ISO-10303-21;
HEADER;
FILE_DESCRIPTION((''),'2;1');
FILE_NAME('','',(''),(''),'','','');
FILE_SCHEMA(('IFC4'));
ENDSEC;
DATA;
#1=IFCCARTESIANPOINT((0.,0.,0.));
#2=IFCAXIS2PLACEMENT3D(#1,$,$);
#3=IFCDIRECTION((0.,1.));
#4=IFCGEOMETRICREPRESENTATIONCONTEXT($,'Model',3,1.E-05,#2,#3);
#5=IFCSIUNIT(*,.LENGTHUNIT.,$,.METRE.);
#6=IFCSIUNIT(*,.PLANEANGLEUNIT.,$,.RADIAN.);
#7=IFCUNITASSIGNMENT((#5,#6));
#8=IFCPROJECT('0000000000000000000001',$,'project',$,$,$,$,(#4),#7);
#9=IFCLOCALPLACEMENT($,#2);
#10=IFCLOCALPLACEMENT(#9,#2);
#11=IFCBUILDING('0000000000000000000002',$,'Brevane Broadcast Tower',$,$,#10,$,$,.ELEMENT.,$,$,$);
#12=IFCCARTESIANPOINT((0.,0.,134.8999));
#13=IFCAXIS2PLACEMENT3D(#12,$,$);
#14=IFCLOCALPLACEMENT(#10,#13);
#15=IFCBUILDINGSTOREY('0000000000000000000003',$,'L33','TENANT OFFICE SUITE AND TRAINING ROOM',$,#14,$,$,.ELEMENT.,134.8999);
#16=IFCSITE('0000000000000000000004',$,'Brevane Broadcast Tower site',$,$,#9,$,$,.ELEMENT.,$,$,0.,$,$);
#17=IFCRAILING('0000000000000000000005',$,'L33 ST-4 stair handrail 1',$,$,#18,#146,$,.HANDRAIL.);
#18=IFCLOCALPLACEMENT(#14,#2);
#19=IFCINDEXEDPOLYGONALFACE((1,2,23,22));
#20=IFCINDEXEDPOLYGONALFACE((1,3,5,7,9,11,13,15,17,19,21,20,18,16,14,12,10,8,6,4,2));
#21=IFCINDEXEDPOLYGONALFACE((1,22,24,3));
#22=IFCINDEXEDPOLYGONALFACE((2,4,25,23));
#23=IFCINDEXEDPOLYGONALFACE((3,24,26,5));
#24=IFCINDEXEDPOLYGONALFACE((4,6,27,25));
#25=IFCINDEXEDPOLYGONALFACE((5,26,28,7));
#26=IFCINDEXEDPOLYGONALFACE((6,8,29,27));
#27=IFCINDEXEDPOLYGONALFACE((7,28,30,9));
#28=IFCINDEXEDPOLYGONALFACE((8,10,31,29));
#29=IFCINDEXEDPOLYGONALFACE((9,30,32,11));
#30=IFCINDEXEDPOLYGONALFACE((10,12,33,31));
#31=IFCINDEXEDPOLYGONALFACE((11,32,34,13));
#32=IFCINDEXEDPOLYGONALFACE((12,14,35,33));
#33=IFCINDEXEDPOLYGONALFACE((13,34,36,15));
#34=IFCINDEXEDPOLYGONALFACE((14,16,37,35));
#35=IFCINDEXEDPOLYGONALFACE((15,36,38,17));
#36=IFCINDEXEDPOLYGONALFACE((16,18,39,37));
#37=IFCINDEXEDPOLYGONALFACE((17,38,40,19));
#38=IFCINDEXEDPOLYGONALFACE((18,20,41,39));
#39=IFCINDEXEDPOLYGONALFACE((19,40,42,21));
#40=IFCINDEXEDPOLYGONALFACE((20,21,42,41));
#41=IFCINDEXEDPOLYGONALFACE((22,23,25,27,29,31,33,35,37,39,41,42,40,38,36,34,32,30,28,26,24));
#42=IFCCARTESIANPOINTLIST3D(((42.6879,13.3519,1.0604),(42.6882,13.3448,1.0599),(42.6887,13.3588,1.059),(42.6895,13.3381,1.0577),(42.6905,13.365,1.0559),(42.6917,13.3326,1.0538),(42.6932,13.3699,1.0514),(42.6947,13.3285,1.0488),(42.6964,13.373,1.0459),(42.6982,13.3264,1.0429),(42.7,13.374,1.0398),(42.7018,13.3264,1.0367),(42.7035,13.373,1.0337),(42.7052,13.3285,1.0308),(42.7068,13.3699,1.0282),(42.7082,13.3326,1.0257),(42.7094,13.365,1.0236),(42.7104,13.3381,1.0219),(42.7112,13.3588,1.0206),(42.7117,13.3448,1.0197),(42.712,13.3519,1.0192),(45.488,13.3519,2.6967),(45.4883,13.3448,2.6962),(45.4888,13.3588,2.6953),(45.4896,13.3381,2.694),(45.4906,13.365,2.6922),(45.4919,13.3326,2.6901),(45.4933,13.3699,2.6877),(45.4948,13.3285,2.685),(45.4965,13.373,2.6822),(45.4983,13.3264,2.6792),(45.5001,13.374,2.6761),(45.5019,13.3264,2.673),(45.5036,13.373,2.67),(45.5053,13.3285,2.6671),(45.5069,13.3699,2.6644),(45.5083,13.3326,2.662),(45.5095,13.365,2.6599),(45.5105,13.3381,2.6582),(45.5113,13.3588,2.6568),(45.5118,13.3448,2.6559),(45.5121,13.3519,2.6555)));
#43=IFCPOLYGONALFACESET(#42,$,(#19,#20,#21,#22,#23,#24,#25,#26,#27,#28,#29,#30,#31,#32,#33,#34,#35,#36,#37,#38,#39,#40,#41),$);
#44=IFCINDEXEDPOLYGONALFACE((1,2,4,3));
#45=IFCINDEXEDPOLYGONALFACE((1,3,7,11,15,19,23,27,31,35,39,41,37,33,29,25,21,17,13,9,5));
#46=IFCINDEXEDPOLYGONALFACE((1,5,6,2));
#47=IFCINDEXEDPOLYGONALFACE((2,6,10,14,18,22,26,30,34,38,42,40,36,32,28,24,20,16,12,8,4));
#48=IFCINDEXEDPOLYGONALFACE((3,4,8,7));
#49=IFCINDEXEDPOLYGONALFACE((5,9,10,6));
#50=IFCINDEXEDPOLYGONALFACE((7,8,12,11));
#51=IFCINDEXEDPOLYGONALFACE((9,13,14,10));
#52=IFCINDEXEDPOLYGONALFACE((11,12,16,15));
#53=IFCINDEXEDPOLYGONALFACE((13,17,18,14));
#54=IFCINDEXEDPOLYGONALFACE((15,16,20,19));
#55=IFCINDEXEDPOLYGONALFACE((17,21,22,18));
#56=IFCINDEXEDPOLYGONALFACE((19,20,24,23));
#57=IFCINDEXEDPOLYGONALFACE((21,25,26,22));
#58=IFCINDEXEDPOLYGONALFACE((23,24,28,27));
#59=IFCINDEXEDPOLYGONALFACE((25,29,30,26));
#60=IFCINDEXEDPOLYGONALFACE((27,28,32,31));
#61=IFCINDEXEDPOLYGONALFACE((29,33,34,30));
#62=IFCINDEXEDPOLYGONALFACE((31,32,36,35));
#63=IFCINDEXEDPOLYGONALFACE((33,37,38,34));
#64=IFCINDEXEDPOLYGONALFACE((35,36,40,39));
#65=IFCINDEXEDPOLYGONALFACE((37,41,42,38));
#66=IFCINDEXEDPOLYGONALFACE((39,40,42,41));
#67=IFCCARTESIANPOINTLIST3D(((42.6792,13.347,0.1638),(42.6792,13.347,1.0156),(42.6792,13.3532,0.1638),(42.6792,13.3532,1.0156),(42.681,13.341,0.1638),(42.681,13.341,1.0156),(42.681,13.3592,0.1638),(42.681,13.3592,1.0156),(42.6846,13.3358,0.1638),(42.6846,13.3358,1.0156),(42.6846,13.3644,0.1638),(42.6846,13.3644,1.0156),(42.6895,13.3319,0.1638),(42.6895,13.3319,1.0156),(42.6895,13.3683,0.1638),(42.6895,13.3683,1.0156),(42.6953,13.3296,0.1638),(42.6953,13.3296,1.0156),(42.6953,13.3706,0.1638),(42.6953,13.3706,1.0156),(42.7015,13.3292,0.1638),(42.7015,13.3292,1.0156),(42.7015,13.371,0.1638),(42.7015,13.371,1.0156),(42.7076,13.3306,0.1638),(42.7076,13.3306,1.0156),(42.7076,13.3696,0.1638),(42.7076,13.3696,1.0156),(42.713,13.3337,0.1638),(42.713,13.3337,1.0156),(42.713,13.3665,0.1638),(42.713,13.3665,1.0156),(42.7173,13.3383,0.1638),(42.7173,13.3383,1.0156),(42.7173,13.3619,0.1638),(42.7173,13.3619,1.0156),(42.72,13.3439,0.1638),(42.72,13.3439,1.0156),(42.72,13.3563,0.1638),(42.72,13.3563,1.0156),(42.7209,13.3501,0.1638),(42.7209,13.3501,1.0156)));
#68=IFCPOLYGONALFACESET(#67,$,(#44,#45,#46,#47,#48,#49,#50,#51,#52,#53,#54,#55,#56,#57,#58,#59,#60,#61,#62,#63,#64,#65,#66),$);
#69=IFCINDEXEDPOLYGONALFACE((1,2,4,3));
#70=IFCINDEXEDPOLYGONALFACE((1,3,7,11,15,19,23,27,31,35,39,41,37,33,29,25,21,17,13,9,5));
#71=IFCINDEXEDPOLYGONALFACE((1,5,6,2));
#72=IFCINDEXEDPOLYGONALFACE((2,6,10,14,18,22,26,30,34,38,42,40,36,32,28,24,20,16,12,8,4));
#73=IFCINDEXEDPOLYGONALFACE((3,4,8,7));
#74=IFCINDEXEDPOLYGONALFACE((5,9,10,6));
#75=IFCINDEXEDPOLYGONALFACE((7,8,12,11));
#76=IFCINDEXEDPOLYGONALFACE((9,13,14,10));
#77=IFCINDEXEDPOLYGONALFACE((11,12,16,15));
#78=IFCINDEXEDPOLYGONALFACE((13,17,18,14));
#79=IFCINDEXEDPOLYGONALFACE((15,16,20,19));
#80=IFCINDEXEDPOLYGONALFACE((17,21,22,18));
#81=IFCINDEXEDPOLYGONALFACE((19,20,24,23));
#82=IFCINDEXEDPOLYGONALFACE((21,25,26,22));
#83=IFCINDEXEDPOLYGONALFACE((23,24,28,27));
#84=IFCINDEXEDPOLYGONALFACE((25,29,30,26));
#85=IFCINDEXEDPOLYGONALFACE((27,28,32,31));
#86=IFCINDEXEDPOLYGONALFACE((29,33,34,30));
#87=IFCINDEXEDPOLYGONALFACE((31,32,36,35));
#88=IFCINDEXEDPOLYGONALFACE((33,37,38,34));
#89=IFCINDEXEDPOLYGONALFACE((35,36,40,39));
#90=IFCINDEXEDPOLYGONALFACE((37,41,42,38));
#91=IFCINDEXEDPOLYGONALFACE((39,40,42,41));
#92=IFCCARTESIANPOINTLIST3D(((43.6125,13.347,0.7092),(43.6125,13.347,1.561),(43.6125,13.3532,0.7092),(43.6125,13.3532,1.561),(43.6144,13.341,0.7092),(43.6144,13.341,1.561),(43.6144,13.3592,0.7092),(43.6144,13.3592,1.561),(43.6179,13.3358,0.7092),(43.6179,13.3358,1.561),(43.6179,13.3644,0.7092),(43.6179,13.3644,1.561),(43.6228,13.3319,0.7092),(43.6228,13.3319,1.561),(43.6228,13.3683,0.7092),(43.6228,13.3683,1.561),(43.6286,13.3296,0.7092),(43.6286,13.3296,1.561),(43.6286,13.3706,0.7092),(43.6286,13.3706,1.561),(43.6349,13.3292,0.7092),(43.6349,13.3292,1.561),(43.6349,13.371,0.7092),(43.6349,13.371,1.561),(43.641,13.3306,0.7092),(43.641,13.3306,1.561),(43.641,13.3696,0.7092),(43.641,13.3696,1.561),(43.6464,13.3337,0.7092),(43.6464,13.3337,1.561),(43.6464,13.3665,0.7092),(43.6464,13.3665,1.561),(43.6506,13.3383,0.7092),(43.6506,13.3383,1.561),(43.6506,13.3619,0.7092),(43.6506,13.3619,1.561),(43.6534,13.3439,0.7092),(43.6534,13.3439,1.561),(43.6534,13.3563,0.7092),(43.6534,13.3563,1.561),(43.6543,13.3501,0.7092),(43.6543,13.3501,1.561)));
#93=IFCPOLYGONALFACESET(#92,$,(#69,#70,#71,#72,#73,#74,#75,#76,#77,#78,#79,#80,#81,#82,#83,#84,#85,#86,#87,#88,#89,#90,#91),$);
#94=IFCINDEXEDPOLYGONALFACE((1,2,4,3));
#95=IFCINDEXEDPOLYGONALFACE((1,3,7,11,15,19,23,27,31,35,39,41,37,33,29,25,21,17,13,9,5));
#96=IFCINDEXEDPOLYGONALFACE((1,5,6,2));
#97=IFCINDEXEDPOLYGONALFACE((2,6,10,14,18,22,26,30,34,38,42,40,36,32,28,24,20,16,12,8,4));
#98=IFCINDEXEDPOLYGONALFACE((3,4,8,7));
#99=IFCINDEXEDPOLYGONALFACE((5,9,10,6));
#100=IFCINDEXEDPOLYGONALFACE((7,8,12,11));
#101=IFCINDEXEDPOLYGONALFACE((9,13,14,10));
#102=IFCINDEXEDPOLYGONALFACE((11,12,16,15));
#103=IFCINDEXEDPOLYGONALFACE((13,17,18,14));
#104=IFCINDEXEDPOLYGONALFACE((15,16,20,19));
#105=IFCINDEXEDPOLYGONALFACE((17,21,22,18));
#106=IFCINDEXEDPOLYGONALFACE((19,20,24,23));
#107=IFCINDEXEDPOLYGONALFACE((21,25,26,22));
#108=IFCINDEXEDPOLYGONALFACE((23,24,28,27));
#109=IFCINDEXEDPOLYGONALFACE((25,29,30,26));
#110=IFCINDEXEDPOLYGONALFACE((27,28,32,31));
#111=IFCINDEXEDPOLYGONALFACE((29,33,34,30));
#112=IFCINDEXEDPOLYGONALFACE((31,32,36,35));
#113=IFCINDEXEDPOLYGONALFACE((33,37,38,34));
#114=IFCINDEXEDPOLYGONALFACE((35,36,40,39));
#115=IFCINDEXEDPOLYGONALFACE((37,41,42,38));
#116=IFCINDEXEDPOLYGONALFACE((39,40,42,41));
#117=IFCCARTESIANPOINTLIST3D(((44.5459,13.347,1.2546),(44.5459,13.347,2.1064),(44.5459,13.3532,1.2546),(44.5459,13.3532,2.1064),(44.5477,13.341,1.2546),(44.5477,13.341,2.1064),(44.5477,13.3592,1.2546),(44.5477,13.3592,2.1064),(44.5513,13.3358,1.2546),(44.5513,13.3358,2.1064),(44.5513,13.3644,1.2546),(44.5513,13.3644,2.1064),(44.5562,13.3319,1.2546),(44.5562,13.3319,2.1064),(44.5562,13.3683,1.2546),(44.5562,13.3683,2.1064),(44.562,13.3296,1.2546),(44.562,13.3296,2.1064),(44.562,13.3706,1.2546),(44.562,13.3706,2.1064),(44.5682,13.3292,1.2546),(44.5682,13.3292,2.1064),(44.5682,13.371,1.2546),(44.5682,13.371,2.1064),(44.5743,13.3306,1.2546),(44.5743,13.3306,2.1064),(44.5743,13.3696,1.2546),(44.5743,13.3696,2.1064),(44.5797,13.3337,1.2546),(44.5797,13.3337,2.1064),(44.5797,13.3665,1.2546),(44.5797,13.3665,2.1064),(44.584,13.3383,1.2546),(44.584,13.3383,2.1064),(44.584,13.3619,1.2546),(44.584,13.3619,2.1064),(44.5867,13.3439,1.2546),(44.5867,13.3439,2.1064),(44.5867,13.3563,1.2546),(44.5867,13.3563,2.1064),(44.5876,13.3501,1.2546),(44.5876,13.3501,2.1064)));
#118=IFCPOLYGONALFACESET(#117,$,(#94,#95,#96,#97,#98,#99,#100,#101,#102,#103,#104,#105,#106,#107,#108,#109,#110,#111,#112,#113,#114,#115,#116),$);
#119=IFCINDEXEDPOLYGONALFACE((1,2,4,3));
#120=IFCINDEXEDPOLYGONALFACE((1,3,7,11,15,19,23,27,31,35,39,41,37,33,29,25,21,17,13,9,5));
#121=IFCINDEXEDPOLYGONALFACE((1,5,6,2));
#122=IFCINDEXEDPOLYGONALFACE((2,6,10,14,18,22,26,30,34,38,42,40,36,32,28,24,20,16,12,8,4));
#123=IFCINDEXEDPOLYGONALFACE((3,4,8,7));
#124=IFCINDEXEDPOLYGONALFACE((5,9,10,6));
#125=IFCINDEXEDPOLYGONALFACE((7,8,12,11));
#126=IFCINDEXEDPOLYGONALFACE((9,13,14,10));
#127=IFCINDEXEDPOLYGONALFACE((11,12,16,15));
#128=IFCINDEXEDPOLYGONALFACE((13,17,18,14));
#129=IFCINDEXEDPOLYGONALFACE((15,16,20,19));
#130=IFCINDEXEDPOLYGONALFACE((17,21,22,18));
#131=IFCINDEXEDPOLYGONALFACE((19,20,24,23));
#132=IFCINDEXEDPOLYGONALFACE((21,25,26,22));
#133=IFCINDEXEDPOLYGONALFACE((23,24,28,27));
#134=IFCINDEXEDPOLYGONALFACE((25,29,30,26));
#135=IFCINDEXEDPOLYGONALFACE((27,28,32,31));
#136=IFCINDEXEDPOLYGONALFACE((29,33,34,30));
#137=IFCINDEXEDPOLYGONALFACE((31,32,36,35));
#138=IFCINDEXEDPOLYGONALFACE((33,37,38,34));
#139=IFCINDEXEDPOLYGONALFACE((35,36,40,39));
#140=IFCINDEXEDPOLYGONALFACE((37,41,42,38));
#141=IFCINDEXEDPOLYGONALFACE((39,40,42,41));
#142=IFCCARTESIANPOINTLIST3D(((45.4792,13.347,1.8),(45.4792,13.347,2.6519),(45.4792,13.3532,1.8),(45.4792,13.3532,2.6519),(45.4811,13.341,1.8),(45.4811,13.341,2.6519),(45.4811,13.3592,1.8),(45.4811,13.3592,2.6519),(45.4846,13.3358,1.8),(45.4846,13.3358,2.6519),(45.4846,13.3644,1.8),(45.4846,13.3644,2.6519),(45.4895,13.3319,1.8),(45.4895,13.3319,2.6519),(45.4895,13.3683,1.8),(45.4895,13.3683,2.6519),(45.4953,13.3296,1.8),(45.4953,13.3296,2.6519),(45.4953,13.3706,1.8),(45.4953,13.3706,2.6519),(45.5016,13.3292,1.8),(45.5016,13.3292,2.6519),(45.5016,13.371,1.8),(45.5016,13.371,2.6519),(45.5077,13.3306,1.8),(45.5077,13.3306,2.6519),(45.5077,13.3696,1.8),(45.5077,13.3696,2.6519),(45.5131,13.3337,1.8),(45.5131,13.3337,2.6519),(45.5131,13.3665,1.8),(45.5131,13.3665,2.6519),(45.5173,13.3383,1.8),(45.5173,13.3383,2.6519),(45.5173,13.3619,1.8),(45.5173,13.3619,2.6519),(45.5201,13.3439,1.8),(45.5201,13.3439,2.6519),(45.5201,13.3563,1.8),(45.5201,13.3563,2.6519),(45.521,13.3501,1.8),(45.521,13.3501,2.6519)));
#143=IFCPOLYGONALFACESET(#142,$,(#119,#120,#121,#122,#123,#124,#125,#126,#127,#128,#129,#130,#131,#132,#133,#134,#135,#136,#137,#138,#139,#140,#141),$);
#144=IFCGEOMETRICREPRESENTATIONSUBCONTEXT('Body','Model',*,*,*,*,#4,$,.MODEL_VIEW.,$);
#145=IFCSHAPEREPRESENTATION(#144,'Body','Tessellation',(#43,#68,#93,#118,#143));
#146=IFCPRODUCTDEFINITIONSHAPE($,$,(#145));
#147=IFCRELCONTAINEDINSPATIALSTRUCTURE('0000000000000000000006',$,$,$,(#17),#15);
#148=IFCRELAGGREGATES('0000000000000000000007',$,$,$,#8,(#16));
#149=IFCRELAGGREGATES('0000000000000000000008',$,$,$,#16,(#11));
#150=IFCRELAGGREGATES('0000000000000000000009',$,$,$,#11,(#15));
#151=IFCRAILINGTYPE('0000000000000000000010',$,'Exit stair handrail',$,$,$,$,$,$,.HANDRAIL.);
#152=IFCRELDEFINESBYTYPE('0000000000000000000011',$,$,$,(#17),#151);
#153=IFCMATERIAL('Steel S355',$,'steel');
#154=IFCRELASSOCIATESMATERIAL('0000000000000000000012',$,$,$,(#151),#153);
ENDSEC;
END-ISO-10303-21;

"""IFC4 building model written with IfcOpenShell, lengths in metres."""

from ifc_helpers import new_model, si_unit, direction, frame, origin, origin_2d, place, context, subcontext, project, spatial, circle, extrude, material, type_object, element, save


model = new_model("IFC4")

# Units and contexts
model_context = context("Model", 3, precision=1e-05, world=origin(), true_north=direction((0.0, 1.0)))
body_context = subcontext(model_context, "Body", "Model", "MODEL_VIEW")
ifc_project = project(units=[si_unit("LENGTHUNIT", "METRE"), si_unit("PLANEANGLEUNIT", "RADIAN")], contexts=[model_context])

# Site, building, storey
site_placement = place(None, origin())
site = spatial("IfcSite", under=ifc_project, at=site_placement, Name="Brevane Broadcast Tower site", CompositionType="ELEMENT", RefElevation=0.0)
building_placement = place(site_placement, origin())
building = spatial("IfcBuilding", under=site, at=building_placement, Name="Brevane Broadcast Tower", CompositionType="ELEMENT")
storey_placement = place(building_placement, frame((0.0, 0.0, 134.8999)))
storey = spatial("IfcBuildingStorey", under=building, at=storey_placement, Name="L33", Description="TENANT OFFICE SUITE AND TRAINING ROOM", CompositionType="ELEMENT", Elevation=134.8999)

# Railing
ifc_material_1 = material(Name="Steel S355", Category="steel")
railing_type_1 = type_object("IfcRailingType", Name="Exit stair handrail", PredefinedType="HANDRAIL", material=ifc_material_1)
railing_1_placement = place(storey_placement, frame((42.7, 13.3501, 0.1638)))
element("IfcRailing", 1, at=railing_1_placement, inside=storey, type_object=railing_type_1, Name="L33 ST-4 stair handrail 1", PredefinedType="HANDRAIL", context=body_context, shape_type="SweptSolid", body=[
    extrude(circle(Radius=0.0239, at=origin_2d()), frame((0.0, 0.0, 0.876), z_axis=(0.863394, 0.0, 0.504531), x_axis=(0.0, 1.0, 0.0)), (0.0, 0.0, 1.0), 3.2432),
    extrude(circle(Radius=0.021, at=origin_2d()), origin(), (0.0, 0.0, 1.0), 0.8518),
    extrude(circle(Radius=0.021, at=origin_2d()), frame((0.9333, 0.0, 0.5454)), (0.0, 0.0, 1.0), 0.8518),
    extrude(circle(Radius=0.021, at=origin_2d()), frame((1.8667, 0.0, 1.0908)), (0.0, 0.0, 1.0), 0.8518),
    extrude(circle(Radius=0.021, at=origin_2d()), frame((2.8, 0.0, 1.6362)), (0.0, 0.0, 1.0), 0.8518),
])

save(model, "model.ifc")
